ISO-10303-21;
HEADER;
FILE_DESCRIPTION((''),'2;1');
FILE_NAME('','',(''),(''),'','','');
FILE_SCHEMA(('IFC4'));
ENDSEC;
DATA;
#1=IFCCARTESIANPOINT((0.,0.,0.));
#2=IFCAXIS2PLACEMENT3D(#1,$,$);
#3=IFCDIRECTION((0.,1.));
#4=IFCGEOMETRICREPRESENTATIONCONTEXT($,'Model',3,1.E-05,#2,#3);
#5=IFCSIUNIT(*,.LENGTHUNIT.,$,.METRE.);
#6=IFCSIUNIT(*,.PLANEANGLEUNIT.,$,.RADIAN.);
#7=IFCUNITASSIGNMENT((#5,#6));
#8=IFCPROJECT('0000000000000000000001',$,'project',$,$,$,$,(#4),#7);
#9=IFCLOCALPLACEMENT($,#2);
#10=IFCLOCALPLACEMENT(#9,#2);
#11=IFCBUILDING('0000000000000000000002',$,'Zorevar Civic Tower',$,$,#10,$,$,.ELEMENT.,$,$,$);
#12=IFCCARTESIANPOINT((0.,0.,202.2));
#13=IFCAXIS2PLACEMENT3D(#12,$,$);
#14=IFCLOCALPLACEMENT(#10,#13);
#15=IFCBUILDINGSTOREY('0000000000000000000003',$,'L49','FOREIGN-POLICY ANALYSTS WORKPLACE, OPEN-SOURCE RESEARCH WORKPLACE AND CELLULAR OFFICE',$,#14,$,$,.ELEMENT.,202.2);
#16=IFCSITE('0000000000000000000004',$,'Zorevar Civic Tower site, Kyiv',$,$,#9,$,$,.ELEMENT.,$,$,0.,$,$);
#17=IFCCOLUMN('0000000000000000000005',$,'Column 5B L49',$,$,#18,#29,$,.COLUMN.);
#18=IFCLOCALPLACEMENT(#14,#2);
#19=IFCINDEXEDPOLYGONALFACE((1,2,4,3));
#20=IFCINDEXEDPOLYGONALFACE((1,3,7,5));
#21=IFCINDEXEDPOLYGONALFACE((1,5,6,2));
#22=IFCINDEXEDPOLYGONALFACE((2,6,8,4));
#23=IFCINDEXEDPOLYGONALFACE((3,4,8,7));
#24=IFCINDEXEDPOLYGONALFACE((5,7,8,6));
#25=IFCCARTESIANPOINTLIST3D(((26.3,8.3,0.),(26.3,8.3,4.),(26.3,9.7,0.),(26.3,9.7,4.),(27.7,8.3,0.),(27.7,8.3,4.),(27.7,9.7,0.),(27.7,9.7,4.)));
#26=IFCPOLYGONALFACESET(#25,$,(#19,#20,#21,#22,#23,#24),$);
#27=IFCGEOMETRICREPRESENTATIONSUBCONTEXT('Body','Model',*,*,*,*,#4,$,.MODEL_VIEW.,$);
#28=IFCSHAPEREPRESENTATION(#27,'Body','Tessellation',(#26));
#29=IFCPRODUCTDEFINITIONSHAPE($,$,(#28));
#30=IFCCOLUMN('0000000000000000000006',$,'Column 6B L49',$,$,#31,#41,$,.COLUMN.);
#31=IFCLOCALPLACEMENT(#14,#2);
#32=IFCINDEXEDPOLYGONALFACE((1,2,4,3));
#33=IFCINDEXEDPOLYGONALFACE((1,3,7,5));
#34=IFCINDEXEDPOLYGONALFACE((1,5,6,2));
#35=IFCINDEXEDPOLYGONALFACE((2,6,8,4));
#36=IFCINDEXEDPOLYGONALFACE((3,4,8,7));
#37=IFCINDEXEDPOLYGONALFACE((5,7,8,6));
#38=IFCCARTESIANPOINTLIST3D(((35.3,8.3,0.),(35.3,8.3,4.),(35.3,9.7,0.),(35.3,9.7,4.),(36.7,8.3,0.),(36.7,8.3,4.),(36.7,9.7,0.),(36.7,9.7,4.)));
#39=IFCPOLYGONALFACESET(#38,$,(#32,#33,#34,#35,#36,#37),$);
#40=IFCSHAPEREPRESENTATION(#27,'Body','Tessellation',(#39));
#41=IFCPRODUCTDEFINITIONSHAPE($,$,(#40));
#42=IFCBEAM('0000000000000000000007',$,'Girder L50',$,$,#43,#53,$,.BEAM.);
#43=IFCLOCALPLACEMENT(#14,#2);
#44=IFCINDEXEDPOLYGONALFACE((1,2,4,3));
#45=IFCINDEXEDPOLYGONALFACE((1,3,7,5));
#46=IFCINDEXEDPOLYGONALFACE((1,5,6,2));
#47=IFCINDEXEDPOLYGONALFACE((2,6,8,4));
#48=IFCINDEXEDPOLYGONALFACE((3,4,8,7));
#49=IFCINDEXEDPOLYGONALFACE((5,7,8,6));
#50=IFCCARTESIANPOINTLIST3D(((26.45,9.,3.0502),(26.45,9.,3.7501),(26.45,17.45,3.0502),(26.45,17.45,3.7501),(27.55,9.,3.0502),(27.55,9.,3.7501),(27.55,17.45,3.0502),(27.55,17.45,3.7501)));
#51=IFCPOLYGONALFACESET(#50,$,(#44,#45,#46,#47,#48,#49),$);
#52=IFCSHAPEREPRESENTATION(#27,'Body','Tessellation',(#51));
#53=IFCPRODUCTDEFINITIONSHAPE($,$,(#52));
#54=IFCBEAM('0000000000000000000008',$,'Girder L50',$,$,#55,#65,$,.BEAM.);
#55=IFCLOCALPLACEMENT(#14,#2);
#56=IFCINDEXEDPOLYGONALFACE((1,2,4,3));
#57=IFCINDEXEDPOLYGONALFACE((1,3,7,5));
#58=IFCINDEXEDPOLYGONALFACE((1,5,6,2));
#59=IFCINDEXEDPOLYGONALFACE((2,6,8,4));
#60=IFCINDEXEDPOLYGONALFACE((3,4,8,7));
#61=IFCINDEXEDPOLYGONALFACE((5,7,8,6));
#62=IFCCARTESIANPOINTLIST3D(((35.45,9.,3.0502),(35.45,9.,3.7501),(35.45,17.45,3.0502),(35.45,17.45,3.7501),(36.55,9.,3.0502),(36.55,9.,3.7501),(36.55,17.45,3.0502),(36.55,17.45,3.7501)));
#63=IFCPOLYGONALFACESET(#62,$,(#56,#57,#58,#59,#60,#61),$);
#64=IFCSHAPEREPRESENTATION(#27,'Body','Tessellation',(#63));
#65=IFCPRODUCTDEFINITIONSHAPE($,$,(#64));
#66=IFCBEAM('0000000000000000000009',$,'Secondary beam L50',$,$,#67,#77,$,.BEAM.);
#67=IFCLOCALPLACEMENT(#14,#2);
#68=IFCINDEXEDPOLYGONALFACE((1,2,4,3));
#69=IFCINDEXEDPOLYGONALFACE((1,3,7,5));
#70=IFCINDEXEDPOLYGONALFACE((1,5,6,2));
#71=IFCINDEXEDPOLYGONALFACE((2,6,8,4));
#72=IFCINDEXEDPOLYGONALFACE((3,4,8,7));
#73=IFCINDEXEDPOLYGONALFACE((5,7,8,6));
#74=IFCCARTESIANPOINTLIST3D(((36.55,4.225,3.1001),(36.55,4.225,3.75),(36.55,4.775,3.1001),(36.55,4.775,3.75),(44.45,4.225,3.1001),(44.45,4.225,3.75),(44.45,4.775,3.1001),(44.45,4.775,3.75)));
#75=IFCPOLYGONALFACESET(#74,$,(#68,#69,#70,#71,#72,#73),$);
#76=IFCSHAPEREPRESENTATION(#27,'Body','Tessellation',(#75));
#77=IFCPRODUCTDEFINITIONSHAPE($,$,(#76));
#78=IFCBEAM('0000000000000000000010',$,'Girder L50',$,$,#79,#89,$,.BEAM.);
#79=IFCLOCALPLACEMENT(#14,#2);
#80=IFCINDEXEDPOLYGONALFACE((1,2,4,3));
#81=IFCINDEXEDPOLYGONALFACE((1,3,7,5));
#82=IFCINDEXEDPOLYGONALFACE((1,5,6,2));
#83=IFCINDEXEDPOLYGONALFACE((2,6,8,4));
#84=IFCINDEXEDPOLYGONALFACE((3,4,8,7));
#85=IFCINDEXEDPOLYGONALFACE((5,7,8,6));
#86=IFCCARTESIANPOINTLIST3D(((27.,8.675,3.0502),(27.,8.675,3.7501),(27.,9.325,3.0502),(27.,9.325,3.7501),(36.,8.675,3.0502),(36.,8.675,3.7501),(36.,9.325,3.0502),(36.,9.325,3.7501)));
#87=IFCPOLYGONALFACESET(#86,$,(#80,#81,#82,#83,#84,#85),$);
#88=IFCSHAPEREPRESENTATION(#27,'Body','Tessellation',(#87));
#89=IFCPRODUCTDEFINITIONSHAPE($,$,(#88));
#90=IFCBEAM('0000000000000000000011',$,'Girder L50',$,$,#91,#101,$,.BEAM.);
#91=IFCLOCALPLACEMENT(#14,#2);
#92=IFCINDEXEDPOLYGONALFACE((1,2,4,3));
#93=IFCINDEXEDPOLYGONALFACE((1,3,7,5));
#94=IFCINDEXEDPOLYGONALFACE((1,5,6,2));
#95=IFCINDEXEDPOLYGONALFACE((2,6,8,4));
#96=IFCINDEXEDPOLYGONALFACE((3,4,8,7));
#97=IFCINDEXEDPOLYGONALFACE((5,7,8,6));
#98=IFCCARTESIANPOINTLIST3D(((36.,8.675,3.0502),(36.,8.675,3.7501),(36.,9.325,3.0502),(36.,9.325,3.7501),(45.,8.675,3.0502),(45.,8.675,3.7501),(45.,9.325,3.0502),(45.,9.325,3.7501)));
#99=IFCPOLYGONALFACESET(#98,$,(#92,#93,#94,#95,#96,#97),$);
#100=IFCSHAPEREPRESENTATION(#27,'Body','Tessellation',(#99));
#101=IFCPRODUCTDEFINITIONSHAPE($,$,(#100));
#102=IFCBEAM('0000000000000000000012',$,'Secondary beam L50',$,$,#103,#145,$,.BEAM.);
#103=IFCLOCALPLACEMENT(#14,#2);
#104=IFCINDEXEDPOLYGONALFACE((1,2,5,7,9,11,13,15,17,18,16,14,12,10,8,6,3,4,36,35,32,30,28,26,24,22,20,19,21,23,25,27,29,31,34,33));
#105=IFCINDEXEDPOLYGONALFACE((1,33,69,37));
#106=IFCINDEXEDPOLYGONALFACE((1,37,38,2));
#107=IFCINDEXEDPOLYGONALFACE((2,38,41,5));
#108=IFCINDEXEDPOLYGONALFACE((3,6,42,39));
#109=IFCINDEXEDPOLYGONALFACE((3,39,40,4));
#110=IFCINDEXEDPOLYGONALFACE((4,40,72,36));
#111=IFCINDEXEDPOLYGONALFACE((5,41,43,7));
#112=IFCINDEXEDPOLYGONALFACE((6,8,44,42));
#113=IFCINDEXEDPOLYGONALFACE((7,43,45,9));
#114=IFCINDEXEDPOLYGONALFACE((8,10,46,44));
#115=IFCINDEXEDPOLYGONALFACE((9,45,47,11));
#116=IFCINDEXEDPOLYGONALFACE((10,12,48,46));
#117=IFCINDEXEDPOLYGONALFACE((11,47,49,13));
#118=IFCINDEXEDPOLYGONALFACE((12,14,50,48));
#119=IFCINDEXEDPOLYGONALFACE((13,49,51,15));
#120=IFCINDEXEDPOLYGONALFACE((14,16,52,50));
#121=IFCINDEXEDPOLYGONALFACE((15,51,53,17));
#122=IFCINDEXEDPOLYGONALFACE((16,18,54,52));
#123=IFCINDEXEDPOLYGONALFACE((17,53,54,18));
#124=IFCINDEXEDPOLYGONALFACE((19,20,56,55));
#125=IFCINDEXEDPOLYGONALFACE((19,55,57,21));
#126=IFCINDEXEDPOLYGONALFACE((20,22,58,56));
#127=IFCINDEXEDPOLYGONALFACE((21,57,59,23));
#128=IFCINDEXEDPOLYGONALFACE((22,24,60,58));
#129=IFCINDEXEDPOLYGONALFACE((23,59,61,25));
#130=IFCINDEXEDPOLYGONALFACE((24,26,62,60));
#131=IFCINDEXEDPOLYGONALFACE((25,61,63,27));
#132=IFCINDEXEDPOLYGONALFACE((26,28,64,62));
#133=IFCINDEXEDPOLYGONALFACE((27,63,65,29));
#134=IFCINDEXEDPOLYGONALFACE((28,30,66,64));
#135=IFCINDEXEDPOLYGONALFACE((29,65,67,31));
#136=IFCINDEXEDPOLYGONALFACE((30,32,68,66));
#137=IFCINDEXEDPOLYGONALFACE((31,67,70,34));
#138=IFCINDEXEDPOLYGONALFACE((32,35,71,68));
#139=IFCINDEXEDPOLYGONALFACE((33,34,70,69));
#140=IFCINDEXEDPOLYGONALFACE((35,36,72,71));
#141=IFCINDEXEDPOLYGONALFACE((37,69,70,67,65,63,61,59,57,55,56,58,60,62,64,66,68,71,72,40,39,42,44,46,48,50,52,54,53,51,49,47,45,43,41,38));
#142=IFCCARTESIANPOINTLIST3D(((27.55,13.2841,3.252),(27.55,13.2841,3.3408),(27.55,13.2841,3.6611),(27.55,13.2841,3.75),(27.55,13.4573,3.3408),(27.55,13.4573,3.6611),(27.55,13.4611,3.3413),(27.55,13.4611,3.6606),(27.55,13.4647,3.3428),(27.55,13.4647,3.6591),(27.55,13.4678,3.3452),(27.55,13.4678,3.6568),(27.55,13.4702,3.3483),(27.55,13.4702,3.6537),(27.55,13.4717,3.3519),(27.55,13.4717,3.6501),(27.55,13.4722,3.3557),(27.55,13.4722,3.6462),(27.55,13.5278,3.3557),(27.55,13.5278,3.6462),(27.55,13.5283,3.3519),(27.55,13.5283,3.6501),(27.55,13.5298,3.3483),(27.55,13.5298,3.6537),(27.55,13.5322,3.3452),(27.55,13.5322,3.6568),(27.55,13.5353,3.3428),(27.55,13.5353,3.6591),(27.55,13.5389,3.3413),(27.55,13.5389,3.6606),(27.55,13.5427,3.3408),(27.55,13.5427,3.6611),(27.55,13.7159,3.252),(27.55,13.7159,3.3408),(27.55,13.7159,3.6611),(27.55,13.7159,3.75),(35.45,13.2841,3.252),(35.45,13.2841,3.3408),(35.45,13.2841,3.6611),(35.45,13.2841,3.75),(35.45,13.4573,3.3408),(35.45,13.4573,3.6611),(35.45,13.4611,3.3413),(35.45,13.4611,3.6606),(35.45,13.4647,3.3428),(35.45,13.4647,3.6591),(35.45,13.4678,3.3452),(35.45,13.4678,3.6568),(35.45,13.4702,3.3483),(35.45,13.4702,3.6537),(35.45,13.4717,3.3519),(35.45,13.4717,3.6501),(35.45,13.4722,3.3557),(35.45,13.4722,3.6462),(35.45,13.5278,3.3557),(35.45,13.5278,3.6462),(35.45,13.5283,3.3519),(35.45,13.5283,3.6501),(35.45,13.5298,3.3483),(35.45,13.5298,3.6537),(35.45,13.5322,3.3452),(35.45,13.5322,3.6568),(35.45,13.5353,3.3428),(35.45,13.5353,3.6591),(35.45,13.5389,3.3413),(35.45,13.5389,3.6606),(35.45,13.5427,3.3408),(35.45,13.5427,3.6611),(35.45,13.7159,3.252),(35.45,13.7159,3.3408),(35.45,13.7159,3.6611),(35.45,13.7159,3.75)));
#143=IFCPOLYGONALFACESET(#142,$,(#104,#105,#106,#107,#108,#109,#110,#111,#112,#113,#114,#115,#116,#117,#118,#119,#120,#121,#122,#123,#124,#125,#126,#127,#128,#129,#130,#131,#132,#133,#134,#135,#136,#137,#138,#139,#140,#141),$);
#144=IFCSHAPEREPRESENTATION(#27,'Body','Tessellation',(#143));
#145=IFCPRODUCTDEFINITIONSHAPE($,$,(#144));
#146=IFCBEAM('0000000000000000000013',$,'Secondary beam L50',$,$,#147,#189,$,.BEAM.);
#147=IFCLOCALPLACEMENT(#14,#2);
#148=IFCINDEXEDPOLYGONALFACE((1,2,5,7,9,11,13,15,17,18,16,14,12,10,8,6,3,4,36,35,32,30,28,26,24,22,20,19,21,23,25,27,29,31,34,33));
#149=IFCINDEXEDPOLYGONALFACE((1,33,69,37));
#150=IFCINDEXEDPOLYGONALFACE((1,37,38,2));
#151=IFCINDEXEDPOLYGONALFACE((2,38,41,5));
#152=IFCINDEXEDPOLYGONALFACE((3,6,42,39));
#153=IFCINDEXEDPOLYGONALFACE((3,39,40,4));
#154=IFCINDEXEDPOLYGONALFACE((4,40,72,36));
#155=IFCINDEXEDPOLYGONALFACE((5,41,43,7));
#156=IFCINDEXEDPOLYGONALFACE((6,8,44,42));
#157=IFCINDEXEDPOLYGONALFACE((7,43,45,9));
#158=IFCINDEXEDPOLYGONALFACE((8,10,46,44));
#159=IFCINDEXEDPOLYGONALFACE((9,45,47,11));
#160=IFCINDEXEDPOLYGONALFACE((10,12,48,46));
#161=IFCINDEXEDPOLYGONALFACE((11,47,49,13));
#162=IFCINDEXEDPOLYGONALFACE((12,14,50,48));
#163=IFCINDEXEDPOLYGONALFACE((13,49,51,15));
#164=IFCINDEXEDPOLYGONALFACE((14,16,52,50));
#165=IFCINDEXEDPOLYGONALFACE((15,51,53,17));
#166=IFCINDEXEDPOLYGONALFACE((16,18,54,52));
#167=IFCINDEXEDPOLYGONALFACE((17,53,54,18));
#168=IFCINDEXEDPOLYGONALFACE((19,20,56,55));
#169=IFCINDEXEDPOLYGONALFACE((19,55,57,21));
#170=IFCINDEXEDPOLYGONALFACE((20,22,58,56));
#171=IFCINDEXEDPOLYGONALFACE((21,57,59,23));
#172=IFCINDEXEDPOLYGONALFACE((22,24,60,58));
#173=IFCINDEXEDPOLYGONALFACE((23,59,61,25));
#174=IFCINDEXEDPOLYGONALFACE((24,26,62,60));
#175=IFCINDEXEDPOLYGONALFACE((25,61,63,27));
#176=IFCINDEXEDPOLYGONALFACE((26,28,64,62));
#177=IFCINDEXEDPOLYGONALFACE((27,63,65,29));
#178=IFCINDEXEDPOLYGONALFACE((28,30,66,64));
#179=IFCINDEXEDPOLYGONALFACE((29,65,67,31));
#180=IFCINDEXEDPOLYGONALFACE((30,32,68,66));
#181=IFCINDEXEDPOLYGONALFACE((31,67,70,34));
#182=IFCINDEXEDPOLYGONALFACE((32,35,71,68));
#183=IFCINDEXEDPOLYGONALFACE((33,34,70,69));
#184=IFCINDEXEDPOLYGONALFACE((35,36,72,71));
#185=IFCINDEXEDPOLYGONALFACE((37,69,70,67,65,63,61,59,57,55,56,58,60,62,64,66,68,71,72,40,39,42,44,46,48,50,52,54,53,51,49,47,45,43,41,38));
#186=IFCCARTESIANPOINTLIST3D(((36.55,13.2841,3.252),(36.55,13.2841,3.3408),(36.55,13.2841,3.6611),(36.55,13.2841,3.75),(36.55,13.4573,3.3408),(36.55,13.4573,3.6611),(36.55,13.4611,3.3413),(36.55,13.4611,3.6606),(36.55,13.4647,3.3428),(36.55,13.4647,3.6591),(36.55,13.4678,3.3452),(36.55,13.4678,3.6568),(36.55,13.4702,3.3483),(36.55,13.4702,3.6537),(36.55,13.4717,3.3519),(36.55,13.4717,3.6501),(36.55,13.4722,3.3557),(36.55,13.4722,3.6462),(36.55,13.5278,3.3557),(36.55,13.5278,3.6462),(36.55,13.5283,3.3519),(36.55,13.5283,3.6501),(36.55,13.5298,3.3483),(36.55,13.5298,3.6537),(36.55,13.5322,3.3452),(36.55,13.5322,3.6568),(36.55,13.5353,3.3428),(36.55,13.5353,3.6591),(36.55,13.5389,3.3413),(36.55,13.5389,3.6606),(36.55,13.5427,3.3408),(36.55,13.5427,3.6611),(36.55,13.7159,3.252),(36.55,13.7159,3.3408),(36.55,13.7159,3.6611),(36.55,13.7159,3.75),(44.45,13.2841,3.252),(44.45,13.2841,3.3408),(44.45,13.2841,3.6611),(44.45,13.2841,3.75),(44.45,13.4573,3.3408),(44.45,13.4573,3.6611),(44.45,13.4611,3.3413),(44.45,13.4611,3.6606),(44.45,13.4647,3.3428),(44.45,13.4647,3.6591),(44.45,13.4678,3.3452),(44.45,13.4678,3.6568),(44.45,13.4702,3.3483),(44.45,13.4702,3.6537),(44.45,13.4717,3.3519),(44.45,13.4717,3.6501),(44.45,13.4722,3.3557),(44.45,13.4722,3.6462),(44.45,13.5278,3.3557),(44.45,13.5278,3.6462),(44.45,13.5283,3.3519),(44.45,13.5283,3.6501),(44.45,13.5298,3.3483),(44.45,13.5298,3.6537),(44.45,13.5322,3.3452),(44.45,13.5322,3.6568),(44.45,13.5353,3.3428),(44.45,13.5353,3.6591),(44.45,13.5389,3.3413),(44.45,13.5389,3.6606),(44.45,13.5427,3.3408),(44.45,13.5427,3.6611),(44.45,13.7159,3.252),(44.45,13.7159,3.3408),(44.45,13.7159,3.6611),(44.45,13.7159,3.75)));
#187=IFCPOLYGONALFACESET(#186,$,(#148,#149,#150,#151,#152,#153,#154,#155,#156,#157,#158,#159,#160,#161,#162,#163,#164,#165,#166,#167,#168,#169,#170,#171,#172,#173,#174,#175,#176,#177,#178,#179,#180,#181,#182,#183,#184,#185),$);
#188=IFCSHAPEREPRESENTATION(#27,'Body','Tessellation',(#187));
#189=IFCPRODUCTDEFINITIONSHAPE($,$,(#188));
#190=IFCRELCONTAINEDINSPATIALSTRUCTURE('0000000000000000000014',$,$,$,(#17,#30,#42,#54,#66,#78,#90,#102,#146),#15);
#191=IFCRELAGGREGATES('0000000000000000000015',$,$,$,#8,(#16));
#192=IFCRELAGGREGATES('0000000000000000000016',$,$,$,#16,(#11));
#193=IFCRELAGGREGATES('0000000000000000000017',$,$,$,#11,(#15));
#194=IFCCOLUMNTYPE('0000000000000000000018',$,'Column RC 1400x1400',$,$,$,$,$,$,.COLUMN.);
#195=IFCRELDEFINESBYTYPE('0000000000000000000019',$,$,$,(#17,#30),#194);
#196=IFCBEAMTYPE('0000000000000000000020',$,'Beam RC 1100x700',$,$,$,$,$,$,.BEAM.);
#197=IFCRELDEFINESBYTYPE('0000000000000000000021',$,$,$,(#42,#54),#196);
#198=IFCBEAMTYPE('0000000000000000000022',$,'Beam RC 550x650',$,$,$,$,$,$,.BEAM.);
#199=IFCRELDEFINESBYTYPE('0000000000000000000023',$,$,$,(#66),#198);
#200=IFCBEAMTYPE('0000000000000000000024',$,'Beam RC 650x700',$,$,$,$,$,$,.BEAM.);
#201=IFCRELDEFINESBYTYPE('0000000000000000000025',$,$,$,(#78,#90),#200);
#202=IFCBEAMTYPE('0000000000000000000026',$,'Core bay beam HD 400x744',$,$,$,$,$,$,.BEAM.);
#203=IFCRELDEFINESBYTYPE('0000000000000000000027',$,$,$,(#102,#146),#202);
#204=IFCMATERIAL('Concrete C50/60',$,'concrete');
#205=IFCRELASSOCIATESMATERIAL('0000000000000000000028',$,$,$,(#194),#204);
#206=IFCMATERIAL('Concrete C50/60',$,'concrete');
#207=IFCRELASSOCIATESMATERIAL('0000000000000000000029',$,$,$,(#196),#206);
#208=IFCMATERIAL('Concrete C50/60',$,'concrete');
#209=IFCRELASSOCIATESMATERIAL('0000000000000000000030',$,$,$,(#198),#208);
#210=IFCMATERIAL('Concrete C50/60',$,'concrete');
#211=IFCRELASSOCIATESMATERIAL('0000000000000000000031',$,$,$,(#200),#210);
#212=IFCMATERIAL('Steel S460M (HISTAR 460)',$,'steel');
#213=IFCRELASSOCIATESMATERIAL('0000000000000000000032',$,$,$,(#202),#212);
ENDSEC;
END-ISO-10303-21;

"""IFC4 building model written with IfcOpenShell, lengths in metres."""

from ifc_helpers import new_model, si_unit, direction, frame, origin, origin_2d, place, context, subcontext, project, spatial, rectangle, i_section, extrude, material, material_profile, profile_set, type_object, element, save


model = new_model("IFC4")

# Units and contexts
model_context = context("Model", 3, precision=1e-05, world=origin(), true_north=direction((0.0, 1.0)))
body_context = subcontext(model_context, "Body", "Model", "MODEL_VIEW")
ifc_project = project(units=[si_unit("LENGTHUNIT", "METRE"), si_unit("PLANEANGLEUNIT", "RADIAN")], contexts=[model_context])

# Site, building, storey
site_placement = place(None, origin())
site = spatial("IfcSite", under=ifc_project, at=site_placement, Name="Zorevar Civic Tower site, Kyiv", CompositionType="ELEMENT", RefElevation=0.0)
building_placement = place(site_placement, origin())
building = spatial("IfcBuilding", under=site, at=building_placement, Name="Zorevar Civic Tower", CompositionType="ELEMENT")
storey_placement = place(building_placement, frame((0.0, 0.0, 202.2)))
storey = spatial("IfcBuildingStorey", under=building, at=storey_placement, Name="L49", Description="FOREIGN-POLICY ANALYSTS WORKPLACE, OPEN-SOURCE RESEARCH WORKPLACE AND CELLULAR OFFICE", CompositionType="ELEMENT", Elevation=202.2)

# Columns
ifc_material_1 = material(Name="Concrete C50/60", Category="concrete")
ifc_material_profile_1 = material_profile(ifc_material_1, rectangle(XDim=1.3999, YDim=1.3999, at=origin_2d()), Name="RC 1400x1400")
ifc_profile_set_1 = profile_set([ifc_material_profile_1], Name="Concrete C50/60")
column_type = type_object("IfcColumnType", Name="Column RC 1400x1400", PredefinedType="COLUMN", material=ifc_profile_set_1)
for number, where, z_axis, x_axis, name in (
    (1, (27.0, 9.0, 0.0), (0.0, 0.0, 1.0), (1.0, 0.0, 0.0), "Column 5B L49"),
    (2, (36.0, 9.0, 0.0), (0.0, 0.0, 1.0), (1.0, 0.0, 0.0), "Column 6B L49"),
):
    element("IfcColumn", number, at=place(storey_placement, frame(where, z_axis=z_axis, x_axis=x_axis)), inside=storey, type_object=column_type, Name=name, PredefinedType="COLUMN", context=body_context, shape_type="SweptSolid", body=[
        extrude(rectangle(XDim=1.3999, YDim=1.3999, at=origin_2d()), origin(), (0.0, 0.0, 1.0), 4.0),
    ])

# Beams
ifc_material_2 = material(Name="Concrete C50/60", Category="concrete")
ifc_material_profile_2 = material_profile(ifc_material_2, rectangle(XDim=1.1001, YDim=0.7, at=origin_2d()), Name="RC 1100x700")
ifc_profile_set_2 = profile_set([ifc_material_profile_2], Name="Concrete C50/60")
beam_type_1 = type_object("IfcBeamType", Name="Beam RC 1100x700", PredefinedType="BEAM", material=ifc_profile_set_2)
for number, where, z_axis, x_axis, name in (
    (3, (27.0, 9.0, 3.4001), (0.0, 1.0, 0.0), (-1.0, 0.0, 0.0), "Girder L50"),
    (4, (36.0, 9.0, 3.4001), (0.0, 1.0, 0.0), (-1.0, 0.0, 0.0), "Girder L50"),
):
    element("IfcBeam", number, at=place(storey_placement, frame(where, z_axis=z_axis, x_axis=x_axis)), inside=storey, type_object=beam_type_1, Name=name, PredefinedType="BEAM", context=body_context, shape_type="SweptSolid", body=[
        extrude(rectangle(XDim=1.1001, YDim=0.7, at=origin_2d()), origin(), (0.0, 0.0, 1.0), 8.45),
    ])
ifc_material_3 = material(Name="Concrete C50/60", Category="concrete")
ifc_material_profile_3 = material_profile(ifc_material_3, rectangle(XDim=0.55, YDim=0.6499, at=origin_2d()), Name="RC 550x650")
ifc_profile_set_3 = profile_set([ifc_material_profile_3], Name="Concrete C50/60")
beam_type_2 = type_object("IfcBeamType", Name="Beam RC 550x650", PredefinedType="BEAM", material=ifc_profile_set_3)
beam_placement = place(storey_placement, frame((36.55, 4.5, 3.425), z_axis=(1.0, 0.0, 0.0), x_axis=(0.0, 1.0, 0.0)))
element("IfcBeam", 5, at=beam_placement, inside=storey, type_object=beam_type_2, Name="Secondary beam L50", PredefinedType="BEAM", context=body_context, shape_type="SweptSolid", body=[
    extrude(rectangle(XDim=0.55, YDim=0.6499, at=origin_2d()), origin(), (0.0, 0.0, 1.0), 7.8999),
])
ifc_material_4 = material(Name="Concrete C50/60", Category="concrete")
ifc_material_profile_4 = material_profile(ifc_material_4, rectangle(XDim=0.6499, YDim=0.7, at=origin_2d()), Name="RC 650x700")
ifc_profile_set_4 = profile_set([ifc_material_profile_4], Name="Concrete C50/60")
beam_type_3 = type_object("IfcBeamType", Name="Beam RC 650x700", PredefinedType="BEAM", material=ifc_profile_set_4)
for number, where, z_axis, x_axis, name in (
    (6, (27.0, 9.0, 3.4001), (1.0, 0.0, 0.0), (0.0, 1.0, 0.0), "Girder L50"),
    (7, (36.0, 9.0, 3.4001), (1.0, 0.0, 0.0), (0.0, 1.0, 0.0), "Girder L50"),
):
    element("IfcBeam", number, at=place(storey_placement, frame(where, z_axis=z_axis, x_axis=x_axis)), inside=storey, type_object=beam_type_3, Name=name, PredefinedType="BEAM", context=body_context, shape_type="SweptSolid", body=[
        extrude(rectangle(XDim=0.6499, YDim=0.7, at=origin_2d()), origin(), (0.0, 0.0, 1.0), 9.0),
    ])
ifc_material_5 = material(Name="Steel S460M (HISTAR 460)", Category="steel")
ifc_material_profile_5 = material_profile(ifc_material_5, i_section(OverallWidth=0.4319, OverallDepth=0.498, WebThickness=0.0557, FlangeThickness=0.0889, FilletRadius=0.0149, at=origin_2d()), Name="HD 400x744")
ifc_profile_set_5 = profile_set([ifc_material_profile_5], Name="Steel S460M (HISTAR 460)")
beam_type_4 = type_object("IfcBeamType", Name="Core bay beam HD 400x744", PredefinedType="BEAM", material=ifc_profile_set_5)
for number, where, z_axis, x_axis, name in (
    (8, (27.55, 13.5, 3.501), (1.0, 0.0, 0.0), (0.0, 1.0, 0.0), "Secondary beam L50"),
    (9, (36.55, 13.5, 3.501), (1.0, 0.0, 0.0), (0.0, 1.0, 0.0), "Secondary beam L50"),
):
    element("IfcBeam", number, at=place(storey_placement, frame(where, z_axis=z_axis, x_axis=x_axis)), inside=storey, type_object=beam_type_4, Name=name, PredefinedType="BEAM", context=body_context, shape_type="SweptSolid", body=[
        extrude(i_section(OverallWidth=0.4319, OverallDepth=0.498, WebThickness=0.0557, FlangeThickness=0.0889, FilletRadius=0.0149, at=origin_2d()), origin(), (0.0, 0.0, 1.0), 7.8999),
    ])

save(model, "model.ifc")
